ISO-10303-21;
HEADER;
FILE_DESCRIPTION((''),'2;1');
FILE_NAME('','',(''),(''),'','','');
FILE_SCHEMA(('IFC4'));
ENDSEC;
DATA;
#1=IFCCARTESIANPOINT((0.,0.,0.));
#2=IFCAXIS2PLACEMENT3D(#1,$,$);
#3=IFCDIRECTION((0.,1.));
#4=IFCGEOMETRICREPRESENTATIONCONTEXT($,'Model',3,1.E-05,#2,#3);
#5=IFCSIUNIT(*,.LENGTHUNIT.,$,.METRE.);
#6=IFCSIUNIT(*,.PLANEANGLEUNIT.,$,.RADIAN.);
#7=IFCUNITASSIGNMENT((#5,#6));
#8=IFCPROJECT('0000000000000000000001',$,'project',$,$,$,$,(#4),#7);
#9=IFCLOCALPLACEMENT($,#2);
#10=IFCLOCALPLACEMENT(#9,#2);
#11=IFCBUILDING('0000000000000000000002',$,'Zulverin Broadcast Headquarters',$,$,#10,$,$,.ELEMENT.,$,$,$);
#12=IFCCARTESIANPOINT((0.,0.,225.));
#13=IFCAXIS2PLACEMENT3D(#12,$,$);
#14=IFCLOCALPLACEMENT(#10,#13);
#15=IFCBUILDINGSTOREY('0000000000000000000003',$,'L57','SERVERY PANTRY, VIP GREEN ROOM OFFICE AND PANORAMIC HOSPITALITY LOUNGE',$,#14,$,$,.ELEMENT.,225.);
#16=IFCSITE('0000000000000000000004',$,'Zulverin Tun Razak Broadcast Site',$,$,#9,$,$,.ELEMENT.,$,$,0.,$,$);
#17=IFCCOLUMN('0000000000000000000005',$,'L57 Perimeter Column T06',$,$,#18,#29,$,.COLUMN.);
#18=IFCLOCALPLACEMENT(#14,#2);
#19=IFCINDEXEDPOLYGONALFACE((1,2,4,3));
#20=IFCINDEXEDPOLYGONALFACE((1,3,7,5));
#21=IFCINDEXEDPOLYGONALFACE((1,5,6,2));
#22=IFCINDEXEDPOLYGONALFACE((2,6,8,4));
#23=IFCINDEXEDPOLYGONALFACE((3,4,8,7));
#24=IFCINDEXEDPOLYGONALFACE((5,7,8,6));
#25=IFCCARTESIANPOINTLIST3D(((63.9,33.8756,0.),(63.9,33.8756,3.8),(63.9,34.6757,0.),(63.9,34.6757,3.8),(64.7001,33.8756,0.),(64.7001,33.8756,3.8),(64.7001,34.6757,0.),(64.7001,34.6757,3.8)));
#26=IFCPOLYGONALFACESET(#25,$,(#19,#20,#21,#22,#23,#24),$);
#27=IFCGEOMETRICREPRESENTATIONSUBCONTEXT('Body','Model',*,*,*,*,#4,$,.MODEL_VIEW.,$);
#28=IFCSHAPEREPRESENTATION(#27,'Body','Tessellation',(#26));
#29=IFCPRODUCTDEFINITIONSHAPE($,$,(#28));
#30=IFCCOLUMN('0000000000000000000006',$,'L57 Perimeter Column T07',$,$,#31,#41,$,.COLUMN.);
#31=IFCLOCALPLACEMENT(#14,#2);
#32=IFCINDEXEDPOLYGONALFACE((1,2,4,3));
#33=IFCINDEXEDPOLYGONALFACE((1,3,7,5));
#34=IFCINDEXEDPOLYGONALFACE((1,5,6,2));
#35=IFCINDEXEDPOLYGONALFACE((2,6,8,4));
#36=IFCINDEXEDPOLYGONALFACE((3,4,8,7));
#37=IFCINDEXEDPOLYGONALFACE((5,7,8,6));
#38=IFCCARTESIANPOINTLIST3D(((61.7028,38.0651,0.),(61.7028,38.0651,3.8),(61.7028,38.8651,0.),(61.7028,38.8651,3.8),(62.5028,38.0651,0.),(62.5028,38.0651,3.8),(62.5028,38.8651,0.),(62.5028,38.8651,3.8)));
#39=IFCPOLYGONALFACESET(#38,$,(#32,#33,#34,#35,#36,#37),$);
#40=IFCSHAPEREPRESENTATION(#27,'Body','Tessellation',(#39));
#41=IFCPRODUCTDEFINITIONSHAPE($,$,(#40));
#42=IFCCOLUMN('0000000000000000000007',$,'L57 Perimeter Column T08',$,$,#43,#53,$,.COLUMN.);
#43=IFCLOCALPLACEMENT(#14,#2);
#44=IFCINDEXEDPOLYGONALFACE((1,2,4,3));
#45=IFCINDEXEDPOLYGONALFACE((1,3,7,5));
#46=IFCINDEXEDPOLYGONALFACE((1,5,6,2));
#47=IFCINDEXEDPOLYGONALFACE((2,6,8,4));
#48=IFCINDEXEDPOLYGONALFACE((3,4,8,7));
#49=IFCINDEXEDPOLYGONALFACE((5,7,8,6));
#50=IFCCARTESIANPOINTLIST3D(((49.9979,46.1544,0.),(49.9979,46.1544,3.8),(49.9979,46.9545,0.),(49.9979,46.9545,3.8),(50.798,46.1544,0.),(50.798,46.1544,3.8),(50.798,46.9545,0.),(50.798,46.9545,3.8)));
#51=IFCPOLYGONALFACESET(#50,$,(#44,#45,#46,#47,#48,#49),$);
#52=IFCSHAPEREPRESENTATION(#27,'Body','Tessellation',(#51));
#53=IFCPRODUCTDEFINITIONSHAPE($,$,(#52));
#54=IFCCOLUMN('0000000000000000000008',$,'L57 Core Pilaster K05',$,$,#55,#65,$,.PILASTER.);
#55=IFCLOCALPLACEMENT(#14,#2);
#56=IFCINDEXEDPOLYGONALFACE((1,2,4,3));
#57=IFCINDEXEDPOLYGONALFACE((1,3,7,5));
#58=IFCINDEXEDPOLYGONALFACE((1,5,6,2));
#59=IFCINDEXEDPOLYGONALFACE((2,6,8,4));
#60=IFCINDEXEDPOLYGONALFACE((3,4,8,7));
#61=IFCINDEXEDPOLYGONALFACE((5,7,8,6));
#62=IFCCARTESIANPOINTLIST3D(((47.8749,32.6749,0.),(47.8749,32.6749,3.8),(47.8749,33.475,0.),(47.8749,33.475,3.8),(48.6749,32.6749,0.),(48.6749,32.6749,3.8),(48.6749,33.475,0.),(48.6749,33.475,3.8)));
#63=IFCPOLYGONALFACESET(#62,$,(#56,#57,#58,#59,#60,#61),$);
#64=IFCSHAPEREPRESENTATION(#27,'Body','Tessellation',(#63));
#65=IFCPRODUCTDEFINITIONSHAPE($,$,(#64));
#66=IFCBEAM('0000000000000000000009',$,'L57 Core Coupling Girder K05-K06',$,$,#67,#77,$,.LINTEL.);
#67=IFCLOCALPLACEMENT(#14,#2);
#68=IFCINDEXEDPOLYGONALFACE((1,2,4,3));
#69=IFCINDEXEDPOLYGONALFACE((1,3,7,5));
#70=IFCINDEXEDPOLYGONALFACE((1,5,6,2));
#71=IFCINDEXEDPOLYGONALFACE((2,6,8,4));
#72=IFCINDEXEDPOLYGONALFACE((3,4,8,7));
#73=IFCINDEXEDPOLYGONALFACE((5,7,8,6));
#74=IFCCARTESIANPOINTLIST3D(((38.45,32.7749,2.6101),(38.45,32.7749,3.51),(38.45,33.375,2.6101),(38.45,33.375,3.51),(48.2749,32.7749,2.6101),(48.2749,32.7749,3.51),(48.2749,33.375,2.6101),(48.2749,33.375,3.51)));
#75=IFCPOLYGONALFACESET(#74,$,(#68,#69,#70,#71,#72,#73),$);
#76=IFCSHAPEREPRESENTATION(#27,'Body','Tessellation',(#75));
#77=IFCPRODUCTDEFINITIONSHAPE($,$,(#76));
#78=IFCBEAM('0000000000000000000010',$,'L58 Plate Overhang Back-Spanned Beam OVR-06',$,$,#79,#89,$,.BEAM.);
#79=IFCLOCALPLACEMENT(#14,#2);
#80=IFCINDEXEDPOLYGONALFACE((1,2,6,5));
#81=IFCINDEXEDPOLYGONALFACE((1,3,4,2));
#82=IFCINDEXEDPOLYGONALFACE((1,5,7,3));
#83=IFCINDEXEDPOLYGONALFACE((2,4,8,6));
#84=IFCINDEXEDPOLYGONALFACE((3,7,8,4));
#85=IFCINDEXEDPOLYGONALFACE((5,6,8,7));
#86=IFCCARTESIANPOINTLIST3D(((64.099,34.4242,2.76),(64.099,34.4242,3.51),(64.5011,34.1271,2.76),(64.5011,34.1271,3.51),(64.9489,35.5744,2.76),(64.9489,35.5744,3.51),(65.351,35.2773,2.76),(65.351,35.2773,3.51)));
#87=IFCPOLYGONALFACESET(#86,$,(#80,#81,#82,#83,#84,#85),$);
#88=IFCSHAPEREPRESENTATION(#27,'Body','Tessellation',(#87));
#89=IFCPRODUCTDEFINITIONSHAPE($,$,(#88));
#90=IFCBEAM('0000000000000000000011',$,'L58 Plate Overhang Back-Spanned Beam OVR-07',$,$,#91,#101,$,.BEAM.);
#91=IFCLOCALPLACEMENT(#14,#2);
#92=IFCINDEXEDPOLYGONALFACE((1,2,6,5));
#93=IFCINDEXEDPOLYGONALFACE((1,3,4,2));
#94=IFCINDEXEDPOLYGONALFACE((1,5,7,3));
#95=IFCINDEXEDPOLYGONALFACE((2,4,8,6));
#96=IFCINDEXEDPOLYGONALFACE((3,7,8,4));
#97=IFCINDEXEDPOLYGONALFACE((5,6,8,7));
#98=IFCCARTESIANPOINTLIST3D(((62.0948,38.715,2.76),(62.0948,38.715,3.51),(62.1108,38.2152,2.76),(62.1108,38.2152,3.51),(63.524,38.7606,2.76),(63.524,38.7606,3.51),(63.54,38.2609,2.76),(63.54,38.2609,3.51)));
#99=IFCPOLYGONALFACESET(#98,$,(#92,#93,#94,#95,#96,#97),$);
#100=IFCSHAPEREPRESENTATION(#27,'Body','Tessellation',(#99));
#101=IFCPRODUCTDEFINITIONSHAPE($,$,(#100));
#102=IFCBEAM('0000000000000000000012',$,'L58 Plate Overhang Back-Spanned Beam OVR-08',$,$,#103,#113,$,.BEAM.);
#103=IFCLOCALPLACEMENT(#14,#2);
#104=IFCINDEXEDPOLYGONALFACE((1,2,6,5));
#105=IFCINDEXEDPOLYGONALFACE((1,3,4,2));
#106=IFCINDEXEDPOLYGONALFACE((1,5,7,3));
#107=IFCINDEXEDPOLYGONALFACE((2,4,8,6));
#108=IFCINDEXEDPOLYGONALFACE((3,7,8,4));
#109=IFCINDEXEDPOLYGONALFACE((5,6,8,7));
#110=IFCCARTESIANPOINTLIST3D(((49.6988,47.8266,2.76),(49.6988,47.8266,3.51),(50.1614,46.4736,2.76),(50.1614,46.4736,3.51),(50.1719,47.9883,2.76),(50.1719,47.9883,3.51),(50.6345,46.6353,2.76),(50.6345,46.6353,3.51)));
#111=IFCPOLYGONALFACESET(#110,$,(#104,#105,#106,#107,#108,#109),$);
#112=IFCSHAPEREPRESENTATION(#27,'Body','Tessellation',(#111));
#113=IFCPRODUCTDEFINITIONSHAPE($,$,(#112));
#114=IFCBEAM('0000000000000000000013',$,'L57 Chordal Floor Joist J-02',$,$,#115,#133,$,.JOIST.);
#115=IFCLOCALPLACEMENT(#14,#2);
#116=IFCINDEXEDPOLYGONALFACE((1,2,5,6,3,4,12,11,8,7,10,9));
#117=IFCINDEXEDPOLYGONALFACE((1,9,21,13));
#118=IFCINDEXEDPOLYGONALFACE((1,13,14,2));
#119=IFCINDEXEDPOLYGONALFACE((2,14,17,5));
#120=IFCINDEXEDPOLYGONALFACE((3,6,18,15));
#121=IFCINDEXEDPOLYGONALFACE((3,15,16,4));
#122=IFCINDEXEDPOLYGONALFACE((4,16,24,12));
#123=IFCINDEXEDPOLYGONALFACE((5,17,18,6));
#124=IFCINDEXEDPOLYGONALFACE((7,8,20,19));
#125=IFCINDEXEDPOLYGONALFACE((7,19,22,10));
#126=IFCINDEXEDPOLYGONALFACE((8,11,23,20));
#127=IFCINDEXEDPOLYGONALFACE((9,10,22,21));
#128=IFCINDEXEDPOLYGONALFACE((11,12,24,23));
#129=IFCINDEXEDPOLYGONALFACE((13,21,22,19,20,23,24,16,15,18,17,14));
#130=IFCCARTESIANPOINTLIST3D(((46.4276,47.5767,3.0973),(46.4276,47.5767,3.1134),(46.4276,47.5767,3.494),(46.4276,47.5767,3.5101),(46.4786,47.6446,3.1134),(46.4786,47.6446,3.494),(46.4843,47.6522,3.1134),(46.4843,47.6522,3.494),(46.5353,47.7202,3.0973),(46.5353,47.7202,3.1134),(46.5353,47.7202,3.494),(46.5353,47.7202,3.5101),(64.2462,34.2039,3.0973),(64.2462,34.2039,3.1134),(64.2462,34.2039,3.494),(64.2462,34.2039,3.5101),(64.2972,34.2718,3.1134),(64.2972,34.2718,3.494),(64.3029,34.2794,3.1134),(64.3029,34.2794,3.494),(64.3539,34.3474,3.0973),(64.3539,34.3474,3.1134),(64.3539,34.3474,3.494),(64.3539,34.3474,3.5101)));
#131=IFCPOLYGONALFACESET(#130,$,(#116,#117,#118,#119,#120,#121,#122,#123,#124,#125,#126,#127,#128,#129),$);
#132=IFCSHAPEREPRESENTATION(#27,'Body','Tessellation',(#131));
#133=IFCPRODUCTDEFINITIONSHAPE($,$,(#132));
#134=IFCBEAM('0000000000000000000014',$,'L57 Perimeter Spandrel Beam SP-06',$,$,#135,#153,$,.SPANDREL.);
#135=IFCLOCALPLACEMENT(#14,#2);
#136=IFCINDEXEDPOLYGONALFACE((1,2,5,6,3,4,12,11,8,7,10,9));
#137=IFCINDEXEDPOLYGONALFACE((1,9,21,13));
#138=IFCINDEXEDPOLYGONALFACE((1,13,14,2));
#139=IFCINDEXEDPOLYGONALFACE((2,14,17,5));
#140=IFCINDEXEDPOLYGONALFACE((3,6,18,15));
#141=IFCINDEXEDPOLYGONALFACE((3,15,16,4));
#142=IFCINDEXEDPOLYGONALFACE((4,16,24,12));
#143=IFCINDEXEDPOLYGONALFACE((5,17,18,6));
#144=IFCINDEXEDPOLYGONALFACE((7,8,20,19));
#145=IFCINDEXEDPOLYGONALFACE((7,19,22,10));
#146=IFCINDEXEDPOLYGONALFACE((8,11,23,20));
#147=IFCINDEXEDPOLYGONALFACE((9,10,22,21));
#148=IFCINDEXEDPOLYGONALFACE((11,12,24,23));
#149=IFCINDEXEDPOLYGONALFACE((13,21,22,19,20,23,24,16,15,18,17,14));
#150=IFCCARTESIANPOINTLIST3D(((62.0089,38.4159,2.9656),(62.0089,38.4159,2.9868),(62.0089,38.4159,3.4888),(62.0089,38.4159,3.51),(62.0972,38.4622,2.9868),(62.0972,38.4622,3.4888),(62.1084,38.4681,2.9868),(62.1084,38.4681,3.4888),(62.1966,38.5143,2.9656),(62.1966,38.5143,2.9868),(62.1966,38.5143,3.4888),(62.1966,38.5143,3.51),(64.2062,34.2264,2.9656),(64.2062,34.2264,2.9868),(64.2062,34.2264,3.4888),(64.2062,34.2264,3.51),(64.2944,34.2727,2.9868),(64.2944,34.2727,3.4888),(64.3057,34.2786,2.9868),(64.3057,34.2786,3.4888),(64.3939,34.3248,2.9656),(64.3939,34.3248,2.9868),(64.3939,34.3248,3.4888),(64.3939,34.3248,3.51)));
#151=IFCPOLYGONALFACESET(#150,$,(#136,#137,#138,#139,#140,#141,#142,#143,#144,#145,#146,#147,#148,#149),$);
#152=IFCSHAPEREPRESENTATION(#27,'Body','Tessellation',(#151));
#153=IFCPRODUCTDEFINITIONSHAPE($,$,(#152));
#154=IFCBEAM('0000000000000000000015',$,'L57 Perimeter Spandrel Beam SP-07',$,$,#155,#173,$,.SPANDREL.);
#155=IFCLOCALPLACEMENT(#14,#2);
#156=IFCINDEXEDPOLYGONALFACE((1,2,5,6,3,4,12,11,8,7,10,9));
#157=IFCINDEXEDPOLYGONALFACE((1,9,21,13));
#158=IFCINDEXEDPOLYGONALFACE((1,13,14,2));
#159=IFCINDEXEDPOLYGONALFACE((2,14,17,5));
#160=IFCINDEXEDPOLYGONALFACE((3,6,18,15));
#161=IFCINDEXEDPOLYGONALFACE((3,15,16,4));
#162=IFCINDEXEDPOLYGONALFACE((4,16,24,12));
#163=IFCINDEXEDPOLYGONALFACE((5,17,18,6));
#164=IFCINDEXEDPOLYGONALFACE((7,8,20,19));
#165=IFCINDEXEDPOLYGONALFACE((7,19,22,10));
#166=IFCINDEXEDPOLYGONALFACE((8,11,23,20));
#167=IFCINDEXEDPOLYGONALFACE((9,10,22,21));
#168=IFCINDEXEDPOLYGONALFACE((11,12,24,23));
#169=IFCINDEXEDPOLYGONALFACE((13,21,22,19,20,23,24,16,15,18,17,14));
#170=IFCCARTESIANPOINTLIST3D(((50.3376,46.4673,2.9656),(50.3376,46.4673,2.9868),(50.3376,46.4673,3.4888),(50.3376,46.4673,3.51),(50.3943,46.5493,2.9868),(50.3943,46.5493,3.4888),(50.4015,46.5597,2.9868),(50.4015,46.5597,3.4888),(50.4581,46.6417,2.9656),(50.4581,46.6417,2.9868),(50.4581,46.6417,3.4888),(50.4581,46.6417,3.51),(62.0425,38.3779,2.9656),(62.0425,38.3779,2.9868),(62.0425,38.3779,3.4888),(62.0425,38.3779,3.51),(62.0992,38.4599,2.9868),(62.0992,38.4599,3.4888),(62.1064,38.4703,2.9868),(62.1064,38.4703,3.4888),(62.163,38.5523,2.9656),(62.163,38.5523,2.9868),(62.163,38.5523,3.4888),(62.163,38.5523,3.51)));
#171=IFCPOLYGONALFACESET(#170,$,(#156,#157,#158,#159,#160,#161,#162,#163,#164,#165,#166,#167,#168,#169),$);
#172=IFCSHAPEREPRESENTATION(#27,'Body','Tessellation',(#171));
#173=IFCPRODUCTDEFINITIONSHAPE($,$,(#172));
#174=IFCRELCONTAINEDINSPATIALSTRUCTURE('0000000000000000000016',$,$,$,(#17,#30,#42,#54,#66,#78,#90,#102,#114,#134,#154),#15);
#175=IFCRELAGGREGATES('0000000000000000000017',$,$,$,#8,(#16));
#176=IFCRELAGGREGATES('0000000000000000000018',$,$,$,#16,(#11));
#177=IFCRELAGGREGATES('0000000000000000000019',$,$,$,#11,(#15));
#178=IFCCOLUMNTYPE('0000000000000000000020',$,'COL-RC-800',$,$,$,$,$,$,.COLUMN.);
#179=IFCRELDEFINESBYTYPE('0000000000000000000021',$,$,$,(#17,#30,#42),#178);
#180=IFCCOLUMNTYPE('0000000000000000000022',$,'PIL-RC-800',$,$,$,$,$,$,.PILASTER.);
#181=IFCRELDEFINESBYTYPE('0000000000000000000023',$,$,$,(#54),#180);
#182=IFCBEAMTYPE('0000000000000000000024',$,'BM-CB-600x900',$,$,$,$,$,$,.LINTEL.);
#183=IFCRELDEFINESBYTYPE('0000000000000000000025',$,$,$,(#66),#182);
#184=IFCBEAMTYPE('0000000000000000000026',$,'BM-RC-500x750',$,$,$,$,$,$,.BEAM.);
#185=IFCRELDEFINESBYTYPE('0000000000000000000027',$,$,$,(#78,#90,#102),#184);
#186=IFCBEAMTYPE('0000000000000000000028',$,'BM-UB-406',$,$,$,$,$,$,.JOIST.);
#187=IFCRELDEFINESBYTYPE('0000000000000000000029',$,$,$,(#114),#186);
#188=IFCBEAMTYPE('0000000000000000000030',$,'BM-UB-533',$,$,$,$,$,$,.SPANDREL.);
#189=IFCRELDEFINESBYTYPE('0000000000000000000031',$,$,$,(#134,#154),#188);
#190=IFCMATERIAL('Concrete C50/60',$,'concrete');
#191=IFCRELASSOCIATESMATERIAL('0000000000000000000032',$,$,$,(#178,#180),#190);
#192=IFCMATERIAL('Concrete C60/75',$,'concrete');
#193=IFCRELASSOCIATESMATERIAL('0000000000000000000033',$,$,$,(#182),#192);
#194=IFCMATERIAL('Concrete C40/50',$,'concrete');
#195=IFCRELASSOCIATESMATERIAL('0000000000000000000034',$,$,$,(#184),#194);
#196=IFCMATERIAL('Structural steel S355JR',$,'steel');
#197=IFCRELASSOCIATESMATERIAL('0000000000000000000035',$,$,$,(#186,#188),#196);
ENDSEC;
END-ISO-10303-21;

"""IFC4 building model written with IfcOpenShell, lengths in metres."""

from ifc_helpers import new_model, si_unit, direction, frame, origin, origin_2d, place, context, subcontext, project, spatial, rectangle, i_section, extrude, material, material_profile, profile_set, type_object, element, save


model = new_model("IFC4")

# Units and contexts
model_context = context("Model", 3, precision=1e-05, world=origin(), true_north=direction((0.0, 1.0)))
body_context = subcontext(model_context, "Body", "Model", "MODEL_VIEW")
ifc_project = project(units=[si_unit("LENGTHUNIT", "METRE"), si_unit("PLANEANGLEUNIT", "RADIAN")], contexts=[model_context])

# Site, building, storey
site_placement = place(None, origin())
site = spatial("IfcSite", under=ifc_project, at=site_placement, Name="Zulverin Tun Razak Broadcast Site", CompositionType="ELEMENT", RefElevation=0.0)
building_placement = place(site_placement, origin())
building = spatial("IfcBuilding", under=site, at=building_placement, Name="Zulverin Broadcast Headquarters", CompositionType="ELEMENT")
storey_placement = place(building_placement, frame((0.0, 0.0, 225.0)))
storey = spatial("IfcBuildingStorey", under=building, at=storey_placement, Name="L57", Description="SERVERY PANTRY, VIP GREEN ROOM OFFICE AND PANORAMIC HOSPITALITY LOUNGE", CompositionType="ELEMENT", Elevation=225.0)

# Columns
ifc_material_1 = material(Name="Concrete C50/60", Category="concrete")
ifc_material_profile_1 = material_profile(ifc_material_1, rectangle(XDim=0.8, YDim=0.8, at=origin_2d()), Name="Concrete C50/60", Category="concrete")
ifc_profile_set_1 = profile_set([ifc_material_profile_1], Name="Concrete C50/60")
column_type_1 = type_object("IfcColumnType", Name="COL-RC-800", PredefinedType="COLUMN", material=ifc_profile_set_1)
for number, where, z_axis, x_axis, name in (
    (1, (64.3, 34.2756, 0.0), (0.0, 0.0, 1.0), (1.0, 0.0, 0.0), "L57 Perimeter Column T06"),
    (2, (62.1028, 38.4651, 0.0), (0.0, 0.0, 1.0), (1.0, 0.0, 0.0), "L57 Perimeter Column T07"),
    (3, (50.3979, 46.5544, 0.0), (0.0, 0.0, 1.0), (1.0, 0.0, 0.0), "L57 Perimeter Column T08"),
):
    element("IfcColumn", number, at=place(storey_placement, frame(where, z_axis=z_axis, x_axis=x_axis)), inside=storey, type_object=column_type_1, Name=name, PredefinedType="COLUMN", context=body_context, shape_type="SweptSolid", body=[
        extrude(rectangle(XDim=0.8, YDim=0.8, at=origin_2d()), origin(), (0.0, 0.0, 1.0), 3.8),
    ])
ifc_material_profile_2 = material_profile(ifc_material_1, rectangle(XDim=0.8, YDim=0.8, at=origin_2d()), Name="Concrete C50/60", Category="concrete")
ifc_profile_set_2 = profile_set([ifc_material_profile_2], Name="Concrete C50/60")
column_type_2 = type_object("IfcColumnType", Name="PIL-RC-800", PredefinedType="PILASTER", material=ifc_profile_set_2)
column_placement = place(storey_placement, frame((48.2749, 33.075, 0.0), z_axis=(0.0, 0.0, 1.0), x_axis=(1.0, 0.0, 0.0)))
element("IfcColumn", 4, at=column_placement, inside=storey, type_object=column_type_2, Name="L57 Core Pilaster K05", PredefinedType="PILASTER", context=body_context, shape_type="SweptSolid", body=[
    extrude(rectangle(XDim=0.8, YDim=0.8, at=origin_2d()), origin(), (0.0, 0.0, 1.0), 3.8),
])

# Beams
ifc_material_2 = material(Name="Concrete C60/75", Category="concrete")
ifc_material_profile_3 = material_profile(ifc_material_2, rectangle(XDim=0.6001, YDim=0.8999, at=origin_2d()), Name="Concrete C60/75", Category="concrete")
ifc_profile_set_3 = profile_set([ifc_material_profile_3], Name="Concrete C60/75")
beam_type_1 = type_object("IfcBeamType", Name="BM-CB-600x900", PredefinedType="LINTEL", material=ifc_profile_set_3)
beam_1_placement = place(storey_placement, frame((48.2749, 33.075, 3.0601), z_axis=(-1.0, 0.0, 0.0), x_axis=(0.0, -1.0, 0.0)))
element("IfcBeam", 5, at=beam_1_placement, inside=storey, type_object=beam_type_1, Name="L57 Core Coupling Girder K05-K06", PredefinedType="LINTEL", context=body_context, shape_type="SweptSolid", body=[
    extrude(rectangle(XDim=0.6001, YDim=0.8999, at=origin_2d()), origin(), (0.0, 0.0, 1.0), 9.825),
])
ifc_material_3 = material(Name="Concrete C40/50", Category="concrete")
ifc_material_profile_4 = material_profile(ifc_material_3, rectangle(XDim=0.5, YDim=0.75, at=origin_2d()), Name="Concrete C40/50", Category="concrete")
ifc_profile_set_4 = profile_set([ifc_material_profile_4], Name="Concrete C40/50")
beam_type_2 = type_object("IfcBeamType", Name="BM-RC-500x750", PredefinedType="BEAM", material=ifc_profile_set_4)
beam_2_placement = place(storey_placement, frame((64.3, 34.2756, 3.135), z_axis=(0.594276, 0.804261, 0.0), x_axis=(-0.804261, 0.594276, 0.0)))
element("IfcBeam", 6, at=beam_2_placement, inside=storey, type_object=beam_type_2, Name="L58 Plate Overhang Back-Spanned Beam OVR-06", PredefinedType="BEAM", context=body_context, shape_type="SweptSolid", body=[
    extrude(rectangle(XDim=0.5, YDim=0.75, at=origin_2d()), origin(), (0.0, 0.0, 1.0), 1.4302),
])
for number, where, z_axis, x_axis, name in (
    (7, (62.1028, 38.4651, 3.135), (0.99949, 0.031928, 0.0), (-0.031928, 0.99949, 0.0), "L58 Plate Overhang Back-Spanned Beam OVR-07"),
    (8, (50.3979, 46.5544, 3.135), (-0.323543, 0.946214, 0.0), (-0.946214, -0.323543, 0.0), "L58 Plate Overhang Back-Spanned Beam OVR-08"),
):
    element("IfcBeam", number, at=place(storey_placement, frame(where, z_axis=z_axis, x_axis=x_axis)), inside=storey, type_object=beam_type_2, Name=name, PredefinedType="BEAM", context=body_context, shape_type="SweptSolid", body=[
        extrude(rectangle(XDim=0.5, YDim=0.75, at=origin_2d()), origin(), (0.0, 0.0, 1.0), 1.4299),
    ])
ifc_material_4 = material(Name="Structural steel S355JR", Category="steel")
ifc_material_profile_5 = material_profile(ifc_material_4, i_section(OverallWidth=0.1794, OverallDepth=0.4128, WebThickness=0.0095, FlangeThickness=0.0161, at=origin_2d()), Name="Structural steel S355JR", Category="steel")
ifc_profile_set_5 = profile_set([ifc_material_profile_5], Name="Structural steel S355JR")
beam_type_3 = type_object("IfcBeamType", Name="BM-UB-406", PredefinedType="JOIST", material=ifc_profile_set_5)
beam_3_placement = place(storey_placement, frame((64.3, 34.2756, 3.3037), z_axis=(-0.799809, 0.600254, 0.0), x_axis=(-0.600254, -0.799809, 0.0)))
element("IfcBeam", 9, at=beam_3_placement, inside=storey, type_object=beam_type_3, Name="L57 Chordal Floor Joist J-02", PredefinedType="JOIST", context=body_context, shape_type="SweptSolid", body=[
    extrude(i_section(OverallWidth=0.1794, OverallDepth=0.4128, WebThickness=0.0095, FlangeThickness=0.0161, at=origin_2d()), origin(), (0.0, 0.0, 1.0), 22.2786),
])
ifc_material_profile_6 = material_profile(ifc_material_4, i_section(OverallWidth=0.2119, OverallDepth=0.5444, WebThickness=0.0127, FlangeThickness=0.0212, at=origin_2d()), Name="Structural steel S355JR", Category="steel")
ifc_profile_set_6 = profile_set([ifc_material_profile_6], Name="Structural steel S355JR")
beam_type_4 = type_object("IfcBeamType", Name="BM-UB-533", PredefinedType="SPANDREL", material=ifc_profile_set_6)
beam_4_placement = place(storey_placement, frame((64.3, 34.2756, 3.2378), z_axis=(-0.46447, 0.885589, 0.0), x_axis=(-0.885589, -0.46447, 0.0)))
element("IfcBeam", 10, at=beam_4_placement, inside=storey, type_object=beam_type_4, Name="L57 Perimeter Spandrel Beam SP-06", PredefinedType="SPANDREL", context=body_context, shape_type="SweptSolid", body=[
    extrude(i_section(OverallWidth=0.2119, OverallDepth=0.5444, WebThickness=0.0127, FlangeThickness=0.0212, at=origin_2d()), origin(), (0.0, 0.0, 1.0), 4.7307),
])
beam_5_placement = place(storey_placement, frame((62.1028, 38.4651, 3.2378), z_axis=(-0.822652, 0.568545, 0.0), x_axis=(-0.568545, -0.822652, 0.0)))
element("IfcBeam", 11, at=beam_5_placement, inside=storey, type_object=beam_type_4, Name="L57 Perimeter Spandrel Beam SP-07", PredefinedType="SPANDREL", context=body_context, shape_type="SweptSolid", body=[
    extrude(i_section(OverallWidth=0.2119, OverallDepth=0.5444, WebThickness=0.0127, FlangeThickness=0.0212, at=origin_2d()), origin(), (0.0, 0.0, 1.0), 14.2283),
])

save(model, "model.ifc")
